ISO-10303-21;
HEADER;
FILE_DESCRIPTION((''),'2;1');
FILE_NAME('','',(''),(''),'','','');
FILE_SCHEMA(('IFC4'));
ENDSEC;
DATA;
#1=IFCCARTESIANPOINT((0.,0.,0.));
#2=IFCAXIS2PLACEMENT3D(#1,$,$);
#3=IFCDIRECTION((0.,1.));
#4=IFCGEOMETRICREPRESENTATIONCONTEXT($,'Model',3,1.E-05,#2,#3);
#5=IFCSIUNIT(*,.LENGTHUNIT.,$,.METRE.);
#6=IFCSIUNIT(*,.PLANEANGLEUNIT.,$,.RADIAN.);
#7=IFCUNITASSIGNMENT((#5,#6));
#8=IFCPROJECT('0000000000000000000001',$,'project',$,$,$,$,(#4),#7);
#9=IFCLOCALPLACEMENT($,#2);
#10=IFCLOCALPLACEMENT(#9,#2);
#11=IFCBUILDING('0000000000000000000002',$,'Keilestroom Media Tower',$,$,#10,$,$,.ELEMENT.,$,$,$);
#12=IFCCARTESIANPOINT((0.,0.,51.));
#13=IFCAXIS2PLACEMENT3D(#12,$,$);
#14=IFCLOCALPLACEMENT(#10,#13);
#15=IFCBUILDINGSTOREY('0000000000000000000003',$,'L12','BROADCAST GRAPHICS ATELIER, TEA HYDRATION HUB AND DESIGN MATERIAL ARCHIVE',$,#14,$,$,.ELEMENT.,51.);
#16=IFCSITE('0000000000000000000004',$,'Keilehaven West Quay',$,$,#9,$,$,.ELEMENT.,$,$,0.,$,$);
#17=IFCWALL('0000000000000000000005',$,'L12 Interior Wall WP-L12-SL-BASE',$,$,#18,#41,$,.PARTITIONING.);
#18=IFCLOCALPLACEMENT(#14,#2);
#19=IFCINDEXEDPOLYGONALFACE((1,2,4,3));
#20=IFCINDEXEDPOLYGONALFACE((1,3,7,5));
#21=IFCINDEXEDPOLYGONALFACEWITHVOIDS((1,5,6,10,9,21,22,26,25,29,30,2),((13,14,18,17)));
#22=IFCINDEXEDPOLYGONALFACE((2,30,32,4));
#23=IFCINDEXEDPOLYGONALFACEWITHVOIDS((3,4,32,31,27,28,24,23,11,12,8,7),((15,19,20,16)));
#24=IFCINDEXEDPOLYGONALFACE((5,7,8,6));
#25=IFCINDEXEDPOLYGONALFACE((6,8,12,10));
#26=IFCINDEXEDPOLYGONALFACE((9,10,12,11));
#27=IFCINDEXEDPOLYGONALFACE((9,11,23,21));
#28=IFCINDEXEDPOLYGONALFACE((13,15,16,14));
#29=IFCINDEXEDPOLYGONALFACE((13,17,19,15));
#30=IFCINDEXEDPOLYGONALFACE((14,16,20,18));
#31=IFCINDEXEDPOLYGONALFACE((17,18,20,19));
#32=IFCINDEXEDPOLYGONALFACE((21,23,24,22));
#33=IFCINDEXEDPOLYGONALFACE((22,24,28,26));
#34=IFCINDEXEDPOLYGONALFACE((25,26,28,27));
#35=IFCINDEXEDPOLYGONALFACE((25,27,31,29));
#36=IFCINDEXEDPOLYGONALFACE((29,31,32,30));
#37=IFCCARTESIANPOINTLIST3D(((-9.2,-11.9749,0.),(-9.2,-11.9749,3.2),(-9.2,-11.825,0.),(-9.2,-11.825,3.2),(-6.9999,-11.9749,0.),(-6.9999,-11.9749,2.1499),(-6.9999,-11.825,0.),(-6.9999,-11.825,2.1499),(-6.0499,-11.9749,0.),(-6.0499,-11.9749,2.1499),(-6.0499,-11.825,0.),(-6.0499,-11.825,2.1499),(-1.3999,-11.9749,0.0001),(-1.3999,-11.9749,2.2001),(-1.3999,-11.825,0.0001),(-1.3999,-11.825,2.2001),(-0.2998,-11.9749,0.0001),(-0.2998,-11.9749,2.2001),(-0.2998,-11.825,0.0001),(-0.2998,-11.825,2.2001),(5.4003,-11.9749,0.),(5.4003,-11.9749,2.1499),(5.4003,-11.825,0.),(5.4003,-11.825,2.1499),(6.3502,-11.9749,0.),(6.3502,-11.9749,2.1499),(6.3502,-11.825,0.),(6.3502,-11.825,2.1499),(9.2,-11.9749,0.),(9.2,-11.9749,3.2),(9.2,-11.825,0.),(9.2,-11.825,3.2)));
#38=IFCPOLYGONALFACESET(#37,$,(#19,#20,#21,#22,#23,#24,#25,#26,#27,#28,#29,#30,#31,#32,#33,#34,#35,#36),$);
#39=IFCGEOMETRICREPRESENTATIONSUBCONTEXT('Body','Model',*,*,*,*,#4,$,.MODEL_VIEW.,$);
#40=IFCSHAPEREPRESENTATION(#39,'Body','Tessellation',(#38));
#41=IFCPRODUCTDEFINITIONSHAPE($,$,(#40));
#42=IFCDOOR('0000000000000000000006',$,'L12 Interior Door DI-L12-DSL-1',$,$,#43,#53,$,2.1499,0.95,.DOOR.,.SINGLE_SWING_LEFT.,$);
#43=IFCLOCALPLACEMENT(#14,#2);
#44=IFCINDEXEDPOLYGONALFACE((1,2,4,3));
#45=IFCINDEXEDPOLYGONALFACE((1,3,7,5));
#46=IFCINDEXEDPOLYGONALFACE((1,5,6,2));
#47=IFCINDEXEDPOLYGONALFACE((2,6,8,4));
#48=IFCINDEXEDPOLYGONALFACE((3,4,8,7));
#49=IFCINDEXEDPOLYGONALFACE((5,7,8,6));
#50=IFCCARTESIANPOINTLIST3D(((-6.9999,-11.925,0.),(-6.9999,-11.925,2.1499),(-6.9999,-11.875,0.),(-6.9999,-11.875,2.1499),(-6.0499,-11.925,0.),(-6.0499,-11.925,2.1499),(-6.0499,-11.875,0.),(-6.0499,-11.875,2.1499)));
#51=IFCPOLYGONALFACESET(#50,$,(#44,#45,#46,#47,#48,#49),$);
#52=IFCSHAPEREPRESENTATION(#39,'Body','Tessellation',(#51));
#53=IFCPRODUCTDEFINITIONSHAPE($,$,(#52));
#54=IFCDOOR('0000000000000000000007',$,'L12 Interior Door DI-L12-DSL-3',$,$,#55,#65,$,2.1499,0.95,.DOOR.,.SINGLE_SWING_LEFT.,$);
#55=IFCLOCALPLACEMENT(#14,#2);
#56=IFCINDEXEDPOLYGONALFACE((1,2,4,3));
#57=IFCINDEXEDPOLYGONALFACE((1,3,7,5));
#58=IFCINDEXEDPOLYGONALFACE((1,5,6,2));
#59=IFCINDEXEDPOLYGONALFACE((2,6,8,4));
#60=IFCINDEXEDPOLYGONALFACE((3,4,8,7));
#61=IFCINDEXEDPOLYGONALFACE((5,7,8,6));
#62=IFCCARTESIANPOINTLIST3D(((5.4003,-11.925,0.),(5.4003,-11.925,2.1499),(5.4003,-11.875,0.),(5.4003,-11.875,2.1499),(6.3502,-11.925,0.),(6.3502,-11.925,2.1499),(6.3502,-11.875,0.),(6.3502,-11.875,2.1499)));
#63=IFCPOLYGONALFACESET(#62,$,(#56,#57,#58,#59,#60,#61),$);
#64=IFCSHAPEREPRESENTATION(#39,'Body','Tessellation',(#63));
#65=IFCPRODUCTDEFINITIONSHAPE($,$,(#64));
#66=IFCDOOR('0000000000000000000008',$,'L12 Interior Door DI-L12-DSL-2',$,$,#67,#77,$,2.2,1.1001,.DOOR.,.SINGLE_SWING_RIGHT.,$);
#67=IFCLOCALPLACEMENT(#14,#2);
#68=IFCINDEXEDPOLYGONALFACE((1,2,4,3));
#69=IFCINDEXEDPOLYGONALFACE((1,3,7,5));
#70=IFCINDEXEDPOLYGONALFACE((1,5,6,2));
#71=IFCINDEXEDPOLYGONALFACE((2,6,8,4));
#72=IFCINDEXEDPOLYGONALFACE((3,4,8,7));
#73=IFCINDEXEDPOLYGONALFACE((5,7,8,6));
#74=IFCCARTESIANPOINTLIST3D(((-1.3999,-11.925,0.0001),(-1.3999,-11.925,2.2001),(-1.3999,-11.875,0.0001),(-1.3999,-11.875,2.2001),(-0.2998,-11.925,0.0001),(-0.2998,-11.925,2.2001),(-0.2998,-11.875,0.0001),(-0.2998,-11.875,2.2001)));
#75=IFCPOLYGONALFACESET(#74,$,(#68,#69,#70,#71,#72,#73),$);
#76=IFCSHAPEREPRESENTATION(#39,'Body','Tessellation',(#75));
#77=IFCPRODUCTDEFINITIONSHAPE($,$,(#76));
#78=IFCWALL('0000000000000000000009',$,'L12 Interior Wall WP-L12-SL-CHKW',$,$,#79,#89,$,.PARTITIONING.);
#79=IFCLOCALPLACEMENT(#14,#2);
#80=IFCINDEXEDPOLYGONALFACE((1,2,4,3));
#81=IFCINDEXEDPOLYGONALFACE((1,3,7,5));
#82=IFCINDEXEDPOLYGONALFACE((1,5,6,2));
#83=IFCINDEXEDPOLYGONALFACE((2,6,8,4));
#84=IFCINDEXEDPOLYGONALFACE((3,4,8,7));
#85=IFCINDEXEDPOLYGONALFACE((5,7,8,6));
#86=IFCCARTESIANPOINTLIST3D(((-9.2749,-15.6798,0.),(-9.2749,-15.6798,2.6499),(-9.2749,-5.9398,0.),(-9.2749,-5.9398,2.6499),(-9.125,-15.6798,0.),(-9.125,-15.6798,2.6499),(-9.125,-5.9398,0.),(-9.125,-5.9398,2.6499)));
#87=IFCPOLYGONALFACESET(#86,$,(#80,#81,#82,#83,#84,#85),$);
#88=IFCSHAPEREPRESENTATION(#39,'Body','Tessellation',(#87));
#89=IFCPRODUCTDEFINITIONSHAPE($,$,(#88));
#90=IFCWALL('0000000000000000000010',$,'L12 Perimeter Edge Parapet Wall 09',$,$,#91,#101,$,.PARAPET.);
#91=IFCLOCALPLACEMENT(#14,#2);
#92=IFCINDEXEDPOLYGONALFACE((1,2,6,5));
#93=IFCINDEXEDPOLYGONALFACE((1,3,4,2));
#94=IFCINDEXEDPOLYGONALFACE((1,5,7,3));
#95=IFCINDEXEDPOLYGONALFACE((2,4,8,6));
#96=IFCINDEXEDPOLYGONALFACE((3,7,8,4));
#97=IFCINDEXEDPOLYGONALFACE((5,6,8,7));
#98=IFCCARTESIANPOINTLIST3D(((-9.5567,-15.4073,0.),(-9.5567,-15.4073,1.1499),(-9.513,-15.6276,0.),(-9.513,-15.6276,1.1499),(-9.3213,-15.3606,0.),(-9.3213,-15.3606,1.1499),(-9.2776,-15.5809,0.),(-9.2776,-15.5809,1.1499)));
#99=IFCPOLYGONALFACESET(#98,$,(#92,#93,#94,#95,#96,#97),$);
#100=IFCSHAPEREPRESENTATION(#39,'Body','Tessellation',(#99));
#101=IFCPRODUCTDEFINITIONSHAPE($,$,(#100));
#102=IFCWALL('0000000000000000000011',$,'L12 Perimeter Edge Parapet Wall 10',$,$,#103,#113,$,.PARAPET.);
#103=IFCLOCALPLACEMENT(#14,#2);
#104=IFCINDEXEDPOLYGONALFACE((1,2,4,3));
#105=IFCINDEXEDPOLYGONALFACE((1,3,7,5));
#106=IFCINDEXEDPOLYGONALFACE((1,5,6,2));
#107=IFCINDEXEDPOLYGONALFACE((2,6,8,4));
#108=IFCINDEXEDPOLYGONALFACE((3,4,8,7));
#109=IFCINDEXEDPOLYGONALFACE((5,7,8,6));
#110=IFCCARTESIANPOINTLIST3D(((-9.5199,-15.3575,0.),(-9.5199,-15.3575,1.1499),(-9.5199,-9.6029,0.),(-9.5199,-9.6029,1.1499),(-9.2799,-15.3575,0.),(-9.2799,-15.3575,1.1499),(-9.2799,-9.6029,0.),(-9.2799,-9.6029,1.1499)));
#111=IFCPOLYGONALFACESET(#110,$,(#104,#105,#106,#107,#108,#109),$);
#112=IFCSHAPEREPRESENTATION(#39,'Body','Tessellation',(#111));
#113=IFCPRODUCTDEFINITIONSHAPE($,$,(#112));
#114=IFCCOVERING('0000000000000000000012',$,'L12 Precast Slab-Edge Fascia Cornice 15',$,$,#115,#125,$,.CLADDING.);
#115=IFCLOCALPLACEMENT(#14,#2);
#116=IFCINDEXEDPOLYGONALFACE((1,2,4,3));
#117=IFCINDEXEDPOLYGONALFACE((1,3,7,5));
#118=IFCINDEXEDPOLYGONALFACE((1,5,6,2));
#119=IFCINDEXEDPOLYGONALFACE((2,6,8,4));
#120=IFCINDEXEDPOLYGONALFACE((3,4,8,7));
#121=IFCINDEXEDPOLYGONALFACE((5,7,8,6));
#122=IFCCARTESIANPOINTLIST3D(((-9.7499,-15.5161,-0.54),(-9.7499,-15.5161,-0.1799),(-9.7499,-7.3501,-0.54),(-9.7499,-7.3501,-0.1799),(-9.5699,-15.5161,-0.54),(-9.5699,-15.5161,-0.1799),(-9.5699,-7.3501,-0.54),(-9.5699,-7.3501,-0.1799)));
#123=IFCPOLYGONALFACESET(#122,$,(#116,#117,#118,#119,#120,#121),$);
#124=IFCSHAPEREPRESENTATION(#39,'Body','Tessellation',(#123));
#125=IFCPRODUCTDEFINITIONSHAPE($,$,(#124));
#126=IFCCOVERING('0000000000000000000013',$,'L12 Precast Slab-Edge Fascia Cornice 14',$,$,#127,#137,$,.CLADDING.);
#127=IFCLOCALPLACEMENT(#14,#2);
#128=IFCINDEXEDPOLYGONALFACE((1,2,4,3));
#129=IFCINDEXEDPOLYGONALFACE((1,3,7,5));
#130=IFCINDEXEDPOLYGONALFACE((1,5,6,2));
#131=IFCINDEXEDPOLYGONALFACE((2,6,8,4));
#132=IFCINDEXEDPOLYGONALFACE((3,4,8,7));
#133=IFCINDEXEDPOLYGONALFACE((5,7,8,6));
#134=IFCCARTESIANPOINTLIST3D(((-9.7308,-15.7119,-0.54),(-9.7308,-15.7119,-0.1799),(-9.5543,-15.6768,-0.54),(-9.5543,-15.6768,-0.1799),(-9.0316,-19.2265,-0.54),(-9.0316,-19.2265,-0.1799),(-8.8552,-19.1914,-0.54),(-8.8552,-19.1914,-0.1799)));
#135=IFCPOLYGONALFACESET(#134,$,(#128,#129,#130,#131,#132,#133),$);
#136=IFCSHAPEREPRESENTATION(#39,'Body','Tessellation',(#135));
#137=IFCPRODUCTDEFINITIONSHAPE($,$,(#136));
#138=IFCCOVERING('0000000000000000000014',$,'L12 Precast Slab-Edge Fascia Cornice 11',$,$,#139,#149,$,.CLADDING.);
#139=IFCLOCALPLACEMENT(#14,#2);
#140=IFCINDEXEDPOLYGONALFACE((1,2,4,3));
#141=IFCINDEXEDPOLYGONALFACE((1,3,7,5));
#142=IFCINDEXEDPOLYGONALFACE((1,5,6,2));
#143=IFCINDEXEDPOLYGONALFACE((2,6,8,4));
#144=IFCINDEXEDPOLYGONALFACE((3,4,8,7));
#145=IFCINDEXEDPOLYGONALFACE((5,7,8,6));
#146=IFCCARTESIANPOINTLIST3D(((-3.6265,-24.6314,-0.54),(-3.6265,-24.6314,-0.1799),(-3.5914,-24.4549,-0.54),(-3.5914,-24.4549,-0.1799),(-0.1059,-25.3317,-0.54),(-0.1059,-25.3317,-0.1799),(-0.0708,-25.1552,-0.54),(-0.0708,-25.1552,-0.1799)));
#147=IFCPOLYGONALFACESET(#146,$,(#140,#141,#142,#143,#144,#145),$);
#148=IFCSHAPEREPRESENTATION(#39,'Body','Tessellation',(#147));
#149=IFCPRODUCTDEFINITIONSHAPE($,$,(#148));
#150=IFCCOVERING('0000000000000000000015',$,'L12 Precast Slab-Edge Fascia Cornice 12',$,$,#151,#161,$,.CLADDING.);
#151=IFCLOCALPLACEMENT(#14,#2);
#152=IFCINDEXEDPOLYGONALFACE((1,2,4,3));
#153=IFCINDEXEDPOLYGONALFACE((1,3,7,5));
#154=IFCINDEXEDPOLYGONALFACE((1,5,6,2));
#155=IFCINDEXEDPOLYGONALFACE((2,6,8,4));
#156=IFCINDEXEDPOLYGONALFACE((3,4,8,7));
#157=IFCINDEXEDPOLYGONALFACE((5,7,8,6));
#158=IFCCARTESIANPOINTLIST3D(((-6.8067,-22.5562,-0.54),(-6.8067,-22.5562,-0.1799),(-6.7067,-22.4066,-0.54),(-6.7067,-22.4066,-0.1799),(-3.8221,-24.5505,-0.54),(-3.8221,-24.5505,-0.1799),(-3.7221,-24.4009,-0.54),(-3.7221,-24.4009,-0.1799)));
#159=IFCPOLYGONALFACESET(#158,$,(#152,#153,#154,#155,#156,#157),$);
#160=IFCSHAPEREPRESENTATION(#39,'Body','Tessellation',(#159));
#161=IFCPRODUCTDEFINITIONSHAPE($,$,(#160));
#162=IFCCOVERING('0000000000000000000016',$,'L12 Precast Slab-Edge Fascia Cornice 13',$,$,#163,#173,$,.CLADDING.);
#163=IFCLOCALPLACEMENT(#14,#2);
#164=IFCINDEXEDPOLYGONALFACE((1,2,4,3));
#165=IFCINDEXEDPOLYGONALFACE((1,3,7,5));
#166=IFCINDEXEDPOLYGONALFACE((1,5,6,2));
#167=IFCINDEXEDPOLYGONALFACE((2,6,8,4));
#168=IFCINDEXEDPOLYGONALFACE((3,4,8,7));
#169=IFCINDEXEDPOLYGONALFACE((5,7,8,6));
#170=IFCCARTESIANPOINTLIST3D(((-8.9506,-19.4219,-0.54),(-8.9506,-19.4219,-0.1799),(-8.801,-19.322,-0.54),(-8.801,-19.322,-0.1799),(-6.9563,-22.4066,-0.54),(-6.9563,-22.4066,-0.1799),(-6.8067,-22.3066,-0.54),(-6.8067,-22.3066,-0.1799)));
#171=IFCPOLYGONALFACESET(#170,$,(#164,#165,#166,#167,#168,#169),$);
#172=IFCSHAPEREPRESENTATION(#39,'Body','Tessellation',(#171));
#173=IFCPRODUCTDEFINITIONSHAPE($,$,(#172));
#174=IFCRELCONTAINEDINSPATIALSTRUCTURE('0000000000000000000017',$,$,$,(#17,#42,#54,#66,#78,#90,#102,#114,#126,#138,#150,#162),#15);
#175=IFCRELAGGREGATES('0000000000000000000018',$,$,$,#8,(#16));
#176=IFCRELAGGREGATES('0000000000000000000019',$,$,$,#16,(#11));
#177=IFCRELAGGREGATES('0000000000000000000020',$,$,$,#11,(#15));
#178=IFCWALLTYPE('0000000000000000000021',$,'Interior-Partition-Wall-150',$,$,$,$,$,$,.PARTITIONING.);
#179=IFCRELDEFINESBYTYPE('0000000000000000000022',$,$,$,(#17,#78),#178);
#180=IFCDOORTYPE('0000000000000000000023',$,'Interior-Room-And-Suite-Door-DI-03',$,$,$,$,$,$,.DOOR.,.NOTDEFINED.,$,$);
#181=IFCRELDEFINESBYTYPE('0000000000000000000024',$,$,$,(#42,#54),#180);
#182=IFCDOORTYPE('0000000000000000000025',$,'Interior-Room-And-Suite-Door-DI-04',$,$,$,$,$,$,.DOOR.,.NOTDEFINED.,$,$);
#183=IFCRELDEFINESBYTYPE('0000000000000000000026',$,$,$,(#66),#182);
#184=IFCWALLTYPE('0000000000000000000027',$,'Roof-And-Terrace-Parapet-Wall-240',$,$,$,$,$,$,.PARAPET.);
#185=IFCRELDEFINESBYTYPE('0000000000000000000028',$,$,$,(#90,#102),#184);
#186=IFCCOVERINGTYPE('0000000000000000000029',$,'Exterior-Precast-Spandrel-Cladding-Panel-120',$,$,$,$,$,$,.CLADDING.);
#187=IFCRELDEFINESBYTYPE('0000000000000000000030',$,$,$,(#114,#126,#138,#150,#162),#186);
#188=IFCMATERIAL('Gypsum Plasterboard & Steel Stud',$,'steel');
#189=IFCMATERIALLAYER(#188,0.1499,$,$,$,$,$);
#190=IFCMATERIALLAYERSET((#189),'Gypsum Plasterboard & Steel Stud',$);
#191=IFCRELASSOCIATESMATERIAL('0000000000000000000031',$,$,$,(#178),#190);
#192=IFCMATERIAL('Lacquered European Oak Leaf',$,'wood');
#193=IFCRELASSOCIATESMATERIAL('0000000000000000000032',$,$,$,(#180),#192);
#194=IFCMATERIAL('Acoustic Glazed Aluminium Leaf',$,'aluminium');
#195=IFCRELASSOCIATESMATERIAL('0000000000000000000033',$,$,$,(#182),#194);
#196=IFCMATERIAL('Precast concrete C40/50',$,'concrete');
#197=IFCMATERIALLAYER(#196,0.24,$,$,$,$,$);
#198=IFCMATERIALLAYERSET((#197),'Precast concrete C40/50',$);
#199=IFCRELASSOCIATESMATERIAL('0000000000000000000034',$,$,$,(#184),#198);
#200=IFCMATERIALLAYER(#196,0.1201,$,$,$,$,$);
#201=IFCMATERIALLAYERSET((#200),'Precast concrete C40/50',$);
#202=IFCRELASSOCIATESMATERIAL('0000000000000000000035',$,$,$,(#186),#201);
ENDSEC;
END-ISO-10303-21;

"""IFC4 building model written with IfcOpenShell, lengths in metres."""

from ifc_helpers import new_model, si_unit, direction, frame, frame_2d, origin, origin_2d, place, context, subcontext, project, spatial, rectangle, extrude, source, transform, mapped, material, layer, layer_set, type_object, element, fill, save


model = new_model("IFC4")

# Units and contexts
model_context = context("Model", 3, precision=1e-05, world=origin(), true_north=direction((0.0, 1.0)))
body_context = subcontext(model_context, "Body", "Model", "MODEL_VIEW")
ifc_project = project(units=[si_unit("LENGTHUNIT", "METRE"), si_unit("PLANEANGLEUNIT", "RADIAN")], contexts=[model_context])

# Site, building, storey
site_placement = place(None, origin())
site = spatial("IfcSite", under=ifc_project, at=site_placement, Name="Keilehaven West Quay", CompositionType="ELEMENT", RefElevation=0.0)
building_placement = place(site_placement, origin())
building = spatial("IfcBuilding", under=site, at=building_placement, Name="Keilestroom Media Tower", CompositionType="ELEMENT")
storey_placement = place(building_placement, frame((0.0, 0.0, 51.0)))
storey = spatial("IfcBuildingStorey", under=building, at=storey_placement, Name="L12", Description="BROADCAST GRAPHICS ATELIER, TEA HYDRATION HUB AND DESIGN MATERIAL ARCHIVE", CompositionType="ELEMENT", Elevation=51.0)

# Shared definitions
ifc_material_1 = material(Name="Precast concrete C40/50", Category="concrete")
ifc_material_2 = material(Name="Gypsum Plasterboard & Steel Stud", Category="steel")

# Wall, openings, doors
ifc_layer_1 = layer(ifc_material_2, 0.1499)
ifc_layer_set_1 = layer_set([ifc_layer_1], Name="Gypsum Plasterboard & Steel Stud")
wall_type_1 = type_object("IfcWallType", Name="Interior-Partition-Wall-150", PredefinedType="PARTITIONING", material=ifc_layer_set_1)
wall_1_placement = place(storey_placement, frame((-9.2, -11.8999, 0.0), z_axis=(0.0, 0.0, 1.0), x_axis=(1.0, 0.0, 0.0)))
wall_1 = element("IfcWall", 1, at=wall_1_placement, inside=storey, type_object=wall_type_1, Name="L12 Interior Wall WP-L12-SL-BASE", PredefinedType="PARTITIONING", context=body_context, shape_type="SweptSolid", body=[
    extrude(rectangle(XDim=18.3999, YDim=0.1499, at=frame_2d((9.2, 0.0))), origin(), (0.0, 0.0, 1.0), 3.2),
])
opening_1_placement = place(wall_1_placement, frame((2.2, 0.0, 0.0)))
opening_1 = element("IfcOpeningElement", 2, at=opening_1_placement, cuts=wall_1, PredefinedType="OPENING", context=body_context, shape_type="SweptSolid", body=[
    extrude(rectangle(XDim=0.95, YDim=2.1499, at=frame_2d((0.4751, 1.075))), frame((0.0, 0.085, 0.0), z_axis=(0.0, -1.0, 0.0), x_axis=(1.0, 0.0, 0.0)), (0.0, 0.0, 1.0), 0.1699),
])
opening_2_placement = place(wall_1_placement, frame((7.8, 0.0, 0.0)))
opening_2 = element("IfcOpeningElement", 3, at=opening_2_placement, cuts=wall_1, PredefinedType="OPENING", context=body_context, shape_type="SweptSolid", body=[
    extrude(rectangle(XDim=1.1001, YDim=2.2, at=frame_2d((0.55, 1.1001))), frame((0.0, 0.085, 0.0), z_axis=(0.0, -1.0, 0.0), x_axis=(1.0, 0.0, 0.0)), (0.0, 0.0, 1.0), 0.1699),
])
opening_3_placement = place(wall_1_placement, frame((14.6001, 0.0, 0.0)))
opening_3 = element("IfcOpeningElement", 4, at=opening_3_placement, cuts=wall_1, PredefinedType="OPENING", context=body_context, shape_type="SweptSolid", body=[
    extrude(rectangle(XDim=0.95, YDim=2.1499, at=frame_2d((0.4751, 1.075))), frame((0.0, 0.085, 0.0), z_axis=(0.0, -1.0, 0.0), x_axis=(1.0, 0.0, 0.0)), (0.0, 0.0, 1.0), 0.1699),
])
ifc_material_3 = material(Name="Lacquered European Oak Leaf", Category="wood")
door_type_1 = type_object("IfcDoorType", Name="Interior-Room-And-Suite-Door-DI-03", OperationType="NOTDEFINED", PredefinedType="DOOR", material=ifc_material_3)
shared_shape_1 = source(origin(), body_context, "Body", "SweptSolid", [
    extrude(rectangle(XDim=0.95, YDim=2.1499, at=frame_2d((0.4751, 1.075))), frame((0.0, 0.0249, 0.0), z_axis=(0.0, -1.0, 0.0), x_axis=(1.0, 0.0, 0.0)), (0.0, 0.0, 1.0), 0.05),
])
door_1_placement = place(opening_1_placement, origin())
door_1 = element("IfcDoor", 5, at=door_1_placement, inside=storey, type_object=door_type_1, Name="L12 Interior Door DI-L12-DSL-1", OperationType="SINGLE_SWING_LEFT", OverallHeight=2.1499, OverallWidth=0.95, PredefinedType="DOOR", context=body_context, shape_type="MappedRepresentation", body=[
    mapped(shared_shape_1, transform((0.0, 0.0, 0.0), x_axis=(1.0, 0.0, 0.0), y_axis=(0.0, 1.0, 0.0), z_axis=(0.0, 0.0, 1.0), scale=1.0)),
])
fill(opening_1, door_1)
door_2_placement = place(opening_3_placement, origin())
door_2 = element("IfcDoor", 6, at=door_2_placement, inside=storey, type_object=door_type_1, Name="L12 Interior Door DI-L12-DSL-3", OperationType="SINGLE_SWING_LEFT", OverallHeight=2.1499, OverallWidth=0.95, PredefinedType="DOOR", context=body_context, shape_type="MappedRepresentation", body=[
    mapped(shared_shape_1, transform((0.0, 0.0, 0.0), x_axis=(1.0, 0.0, 0.0), y_axis=(0.0, 1.0, 0.0), z_axis=(0.0, 0.0, 1.0), scale=1.0)),
])
fill(opening_3, door_2)
ifc_material_4 = material(Name="Acoustic Glazed Aluminium Leaf", Category="aluminium")
door_type_2 = type_object("IfcDoorType", Name="Interior-Room-And-Suite-Door-DI-04", OperationType="NOTDEFINED", PredefinedType="DOOR", material=ifc_material_4)
shared_shape_2 = source(origin(), body_context, "Body", "SweptSolid", [
    extrude(rectangle(XDim=1.1001, YDim=2.2, at=frame_2d((0.55, 1.1001))), frame((0.0, 0.0249, 0.0), z_axis=(0.0, -1.0, 0.0), x_axis=(1.0, 0.0, 0.0)), (0.0, 0.0, 1.0), 0.05),
])
door_3_placement = place(opening_2_placement, origin())
door_3 = element("IfcDoor", 7, at=door_3_placement, inside=storey, type_object=door_type_2, Name="L12 Interior Door DI-L12-DSL-2", OperationType="SINGLE_SWING_RIGHT", OverallHeight=2.2, OverallWidth=1.1001, PredefinedType="DOOR", context=body_context, shape_type="MappedRepresentation", body=[
    mapped(shared_shape_2, transform((0.0, 0.0, 0.0), x_axis=(1.0, 0.0, 0.0), y_axis=(0.0, 1.0, 0.0), z_axis=(0.0, 0.0, 1.0), scale=1.0)),
])
fill(opening_2, door_3)

# Walls
wall_2_placement = place(storey_placement, frame((-9.2, -15.6799, 0.0), z_axis=(0.0, 0.0, 1.0), x_axis=(0.0, 1.0, 0.0)))
element("IfcWall", 8, at=wall_2_placement, inside=storey, type_object=wall_type_1, Name="L12 Interior Wall WP-L12-SL-CHKW", PredefinedType="PARTITIONING", context=body_context, shape_type="SweptSolid", body=[
    extrude(rectangle(XDim=9.74, YDim=0.1499, at=frame_2d((4.8701, 0.0))), origin(), (0.0, 0.0, 1.0), 2.6499),
])
ifc_layer_2 = layer(ifc_material_1, 0.24)
ifc_layer_set_2 = layer_set([ifc_layer_2], Name="Precast concrete C40/50")
wall_type_2 = type_object("IfcWallType", Name="Roof-And-Terrace-Parapet-Wall-240", PredefinedType="PARAPET", material=ifc_layer_set_2)
wall_3_placement = place(storey_placement, frame((-9.3953, -15.6042, 0.0), z_axis=(0.0, 0.0, 1.0), x_axis=(-0.194652, 0.980872, 0.0)))
element("IfcWall", 9, at=wall_3_placement, inside=storey, type_object=wall_type_2, Name="L12 Perimeter Edge Parapet Wall 09", PredefinedType="PARAPET", context=body_context, shape_type="SweptSolid", body=[
    extrude(rectangle(XDim=0.2246, YDim=0.24, at=frame_2d((0.1123, 0.0))), origin(), (0.0, 0.0, 1.0), 1.1499),
])
wall_4_placement = place(storey_placement, frame((-9.3999, -15.3577, 0.0), z_axis=(0.0, 0.0, 1.0), x_axis=(0.0, 1.0, 0.0)))
element("IfcWall", 10, at=wall_4_placement, inside=storey, type_object=wall_type_2, Name="L12 Perimeter Edge Parapet Wall 10", PredefinedType="PARAPET", context=body_context, shape_type="SweptSolid", body=[
    extrude(rectangle(XDim=5.7546, YDim=0.24, at=frame_2d((2.8774, 0.0))), origin(), (0.0, 0.0, 1.0), 1.1499),
])

# Coverings
ifc_layer_3 = layer(ifc_material_1, 0.1201)
ifc_layer_set_3 = layer_set([ifc_layer_3], Name="Precast concrete C40/50")
covering_type = type_object("IfcCoveringType", Name="Exterior-Precast-Spandrel-Cladding-Panel-120", PredefinedType="CLADDING", material=ifc_layer_set_3)
shared_shape_3 = source(origin(), body_context, "Body", "SweptSolid", [
    extrude(rectangle(XDim=8.166, YDim=0.1799, at=origin_2d()), origin(), (0.0, 0.0, 1.0), 0.3601),
])
covering_1_placement = place(storey_placement, frame((-9.6599, -11.4331, -0.54), z_axis=(0.0, 0.0, 1.0), x_axis=(0.0, 1.0, 0.0)))
element("IfcCovering", 11, at=covering_1_placement, inside=storey, type_object=covering_type, Name="L12 Precast Slab-Edge Fascia Cornice 15", PredefinedType="CLADDING", context=body_context, shape_type="MappedRepresentation", body=[
    mapped(shared_shape_3, transform((0.0, 0.0, 0.0), x_axis=(1.0, 0.0, 0.0), y_axis=(0.0, 1.0, 0.0), z_axis=(0.0, 0.0, 1.0), scale=1.0)),
])
shared_shape_4 = source(origin(), body_context, "Body", "SweptSolid", [
    extrude(rectangle(XDim=3.5835, YDim=0.1799, at=origin_2d()), origin(), (0.0, 0.0, 1.0), 0.3601),
])
covering_2_placement = place(storey_placement, frame((-9.293, -17.4517, -0.54), z_axis=(0.0, 0.0, 1.0), x_axis=(-0.195099, 0.980784, 0.0)))
element("IfcCovering", 12, at=covering_2_placement, inside=storey, type_object=covering_type, Name="L12 Precast Slab-Edge Fascia Cornice 14", PredefinedType="CLADDING", context=body_context, shape_type="MappedRepresentation", body=[
    mapped(shared_shape_4, transform((0.0, 0.0, 0.0), x_axis=(1.0, 0.0, 0.0), y_axis=(0.0, 1.0, 0.0), z_axis=(0.0, 0.0, 1.0), scale=1.0)),
])
shared_shape_5 = source(origin(), body_context, "Body", "SweptSolid", [
    extrude(rectangle(XDim=3.5896, YDim=0.1799, at=origin_2d()), origin(), (0.0, 0.0, 1.0), 0.3601),
])
for number, where, z_axis, x_axis, name in (
    (13, (-1.8486, -24.8933, -0.54), (0.0, 0.0, 1.0), (-0.980784, 0.195099, 0.0), "L12 Precast Slab-Edge Fascia Cornice 11"),
    (14, (-5.2644, -23.4785, -0.54), (0.0, 0.0, 1.0), (-0.831467, 0.555575, 0.0), "L12 Precast Slab-Edge Fascia Cornice 12"),
    (15, (-7.8787, -20.8643, -0.54), (0.0, 0.0, 1.0), (-0.555575, 0.831467, 0.0), "L12 Precast Slab-Edge Fascia Cornice 13"),
):
    element("IfcCovering", number, at=place(storey_placement, frame(where, z_axis=z_axis, x_axis=x_axis)), inside=storey, type_object=covering_type, Name=name, PredefinedType="CLADDING", context=body_context, shape_type="MappedRepresentation", body=[
        mapped(shared_shape_5, transform((0.0, 0.0, 0.0), x_axis=(1.0, 0.0, 0.0), y_axis=(0.0, 1.0, 0.0), z_axis=(0.0, 0.0, 1.0), scale=1.0)),
    ])

save(model, "model.ifc")
